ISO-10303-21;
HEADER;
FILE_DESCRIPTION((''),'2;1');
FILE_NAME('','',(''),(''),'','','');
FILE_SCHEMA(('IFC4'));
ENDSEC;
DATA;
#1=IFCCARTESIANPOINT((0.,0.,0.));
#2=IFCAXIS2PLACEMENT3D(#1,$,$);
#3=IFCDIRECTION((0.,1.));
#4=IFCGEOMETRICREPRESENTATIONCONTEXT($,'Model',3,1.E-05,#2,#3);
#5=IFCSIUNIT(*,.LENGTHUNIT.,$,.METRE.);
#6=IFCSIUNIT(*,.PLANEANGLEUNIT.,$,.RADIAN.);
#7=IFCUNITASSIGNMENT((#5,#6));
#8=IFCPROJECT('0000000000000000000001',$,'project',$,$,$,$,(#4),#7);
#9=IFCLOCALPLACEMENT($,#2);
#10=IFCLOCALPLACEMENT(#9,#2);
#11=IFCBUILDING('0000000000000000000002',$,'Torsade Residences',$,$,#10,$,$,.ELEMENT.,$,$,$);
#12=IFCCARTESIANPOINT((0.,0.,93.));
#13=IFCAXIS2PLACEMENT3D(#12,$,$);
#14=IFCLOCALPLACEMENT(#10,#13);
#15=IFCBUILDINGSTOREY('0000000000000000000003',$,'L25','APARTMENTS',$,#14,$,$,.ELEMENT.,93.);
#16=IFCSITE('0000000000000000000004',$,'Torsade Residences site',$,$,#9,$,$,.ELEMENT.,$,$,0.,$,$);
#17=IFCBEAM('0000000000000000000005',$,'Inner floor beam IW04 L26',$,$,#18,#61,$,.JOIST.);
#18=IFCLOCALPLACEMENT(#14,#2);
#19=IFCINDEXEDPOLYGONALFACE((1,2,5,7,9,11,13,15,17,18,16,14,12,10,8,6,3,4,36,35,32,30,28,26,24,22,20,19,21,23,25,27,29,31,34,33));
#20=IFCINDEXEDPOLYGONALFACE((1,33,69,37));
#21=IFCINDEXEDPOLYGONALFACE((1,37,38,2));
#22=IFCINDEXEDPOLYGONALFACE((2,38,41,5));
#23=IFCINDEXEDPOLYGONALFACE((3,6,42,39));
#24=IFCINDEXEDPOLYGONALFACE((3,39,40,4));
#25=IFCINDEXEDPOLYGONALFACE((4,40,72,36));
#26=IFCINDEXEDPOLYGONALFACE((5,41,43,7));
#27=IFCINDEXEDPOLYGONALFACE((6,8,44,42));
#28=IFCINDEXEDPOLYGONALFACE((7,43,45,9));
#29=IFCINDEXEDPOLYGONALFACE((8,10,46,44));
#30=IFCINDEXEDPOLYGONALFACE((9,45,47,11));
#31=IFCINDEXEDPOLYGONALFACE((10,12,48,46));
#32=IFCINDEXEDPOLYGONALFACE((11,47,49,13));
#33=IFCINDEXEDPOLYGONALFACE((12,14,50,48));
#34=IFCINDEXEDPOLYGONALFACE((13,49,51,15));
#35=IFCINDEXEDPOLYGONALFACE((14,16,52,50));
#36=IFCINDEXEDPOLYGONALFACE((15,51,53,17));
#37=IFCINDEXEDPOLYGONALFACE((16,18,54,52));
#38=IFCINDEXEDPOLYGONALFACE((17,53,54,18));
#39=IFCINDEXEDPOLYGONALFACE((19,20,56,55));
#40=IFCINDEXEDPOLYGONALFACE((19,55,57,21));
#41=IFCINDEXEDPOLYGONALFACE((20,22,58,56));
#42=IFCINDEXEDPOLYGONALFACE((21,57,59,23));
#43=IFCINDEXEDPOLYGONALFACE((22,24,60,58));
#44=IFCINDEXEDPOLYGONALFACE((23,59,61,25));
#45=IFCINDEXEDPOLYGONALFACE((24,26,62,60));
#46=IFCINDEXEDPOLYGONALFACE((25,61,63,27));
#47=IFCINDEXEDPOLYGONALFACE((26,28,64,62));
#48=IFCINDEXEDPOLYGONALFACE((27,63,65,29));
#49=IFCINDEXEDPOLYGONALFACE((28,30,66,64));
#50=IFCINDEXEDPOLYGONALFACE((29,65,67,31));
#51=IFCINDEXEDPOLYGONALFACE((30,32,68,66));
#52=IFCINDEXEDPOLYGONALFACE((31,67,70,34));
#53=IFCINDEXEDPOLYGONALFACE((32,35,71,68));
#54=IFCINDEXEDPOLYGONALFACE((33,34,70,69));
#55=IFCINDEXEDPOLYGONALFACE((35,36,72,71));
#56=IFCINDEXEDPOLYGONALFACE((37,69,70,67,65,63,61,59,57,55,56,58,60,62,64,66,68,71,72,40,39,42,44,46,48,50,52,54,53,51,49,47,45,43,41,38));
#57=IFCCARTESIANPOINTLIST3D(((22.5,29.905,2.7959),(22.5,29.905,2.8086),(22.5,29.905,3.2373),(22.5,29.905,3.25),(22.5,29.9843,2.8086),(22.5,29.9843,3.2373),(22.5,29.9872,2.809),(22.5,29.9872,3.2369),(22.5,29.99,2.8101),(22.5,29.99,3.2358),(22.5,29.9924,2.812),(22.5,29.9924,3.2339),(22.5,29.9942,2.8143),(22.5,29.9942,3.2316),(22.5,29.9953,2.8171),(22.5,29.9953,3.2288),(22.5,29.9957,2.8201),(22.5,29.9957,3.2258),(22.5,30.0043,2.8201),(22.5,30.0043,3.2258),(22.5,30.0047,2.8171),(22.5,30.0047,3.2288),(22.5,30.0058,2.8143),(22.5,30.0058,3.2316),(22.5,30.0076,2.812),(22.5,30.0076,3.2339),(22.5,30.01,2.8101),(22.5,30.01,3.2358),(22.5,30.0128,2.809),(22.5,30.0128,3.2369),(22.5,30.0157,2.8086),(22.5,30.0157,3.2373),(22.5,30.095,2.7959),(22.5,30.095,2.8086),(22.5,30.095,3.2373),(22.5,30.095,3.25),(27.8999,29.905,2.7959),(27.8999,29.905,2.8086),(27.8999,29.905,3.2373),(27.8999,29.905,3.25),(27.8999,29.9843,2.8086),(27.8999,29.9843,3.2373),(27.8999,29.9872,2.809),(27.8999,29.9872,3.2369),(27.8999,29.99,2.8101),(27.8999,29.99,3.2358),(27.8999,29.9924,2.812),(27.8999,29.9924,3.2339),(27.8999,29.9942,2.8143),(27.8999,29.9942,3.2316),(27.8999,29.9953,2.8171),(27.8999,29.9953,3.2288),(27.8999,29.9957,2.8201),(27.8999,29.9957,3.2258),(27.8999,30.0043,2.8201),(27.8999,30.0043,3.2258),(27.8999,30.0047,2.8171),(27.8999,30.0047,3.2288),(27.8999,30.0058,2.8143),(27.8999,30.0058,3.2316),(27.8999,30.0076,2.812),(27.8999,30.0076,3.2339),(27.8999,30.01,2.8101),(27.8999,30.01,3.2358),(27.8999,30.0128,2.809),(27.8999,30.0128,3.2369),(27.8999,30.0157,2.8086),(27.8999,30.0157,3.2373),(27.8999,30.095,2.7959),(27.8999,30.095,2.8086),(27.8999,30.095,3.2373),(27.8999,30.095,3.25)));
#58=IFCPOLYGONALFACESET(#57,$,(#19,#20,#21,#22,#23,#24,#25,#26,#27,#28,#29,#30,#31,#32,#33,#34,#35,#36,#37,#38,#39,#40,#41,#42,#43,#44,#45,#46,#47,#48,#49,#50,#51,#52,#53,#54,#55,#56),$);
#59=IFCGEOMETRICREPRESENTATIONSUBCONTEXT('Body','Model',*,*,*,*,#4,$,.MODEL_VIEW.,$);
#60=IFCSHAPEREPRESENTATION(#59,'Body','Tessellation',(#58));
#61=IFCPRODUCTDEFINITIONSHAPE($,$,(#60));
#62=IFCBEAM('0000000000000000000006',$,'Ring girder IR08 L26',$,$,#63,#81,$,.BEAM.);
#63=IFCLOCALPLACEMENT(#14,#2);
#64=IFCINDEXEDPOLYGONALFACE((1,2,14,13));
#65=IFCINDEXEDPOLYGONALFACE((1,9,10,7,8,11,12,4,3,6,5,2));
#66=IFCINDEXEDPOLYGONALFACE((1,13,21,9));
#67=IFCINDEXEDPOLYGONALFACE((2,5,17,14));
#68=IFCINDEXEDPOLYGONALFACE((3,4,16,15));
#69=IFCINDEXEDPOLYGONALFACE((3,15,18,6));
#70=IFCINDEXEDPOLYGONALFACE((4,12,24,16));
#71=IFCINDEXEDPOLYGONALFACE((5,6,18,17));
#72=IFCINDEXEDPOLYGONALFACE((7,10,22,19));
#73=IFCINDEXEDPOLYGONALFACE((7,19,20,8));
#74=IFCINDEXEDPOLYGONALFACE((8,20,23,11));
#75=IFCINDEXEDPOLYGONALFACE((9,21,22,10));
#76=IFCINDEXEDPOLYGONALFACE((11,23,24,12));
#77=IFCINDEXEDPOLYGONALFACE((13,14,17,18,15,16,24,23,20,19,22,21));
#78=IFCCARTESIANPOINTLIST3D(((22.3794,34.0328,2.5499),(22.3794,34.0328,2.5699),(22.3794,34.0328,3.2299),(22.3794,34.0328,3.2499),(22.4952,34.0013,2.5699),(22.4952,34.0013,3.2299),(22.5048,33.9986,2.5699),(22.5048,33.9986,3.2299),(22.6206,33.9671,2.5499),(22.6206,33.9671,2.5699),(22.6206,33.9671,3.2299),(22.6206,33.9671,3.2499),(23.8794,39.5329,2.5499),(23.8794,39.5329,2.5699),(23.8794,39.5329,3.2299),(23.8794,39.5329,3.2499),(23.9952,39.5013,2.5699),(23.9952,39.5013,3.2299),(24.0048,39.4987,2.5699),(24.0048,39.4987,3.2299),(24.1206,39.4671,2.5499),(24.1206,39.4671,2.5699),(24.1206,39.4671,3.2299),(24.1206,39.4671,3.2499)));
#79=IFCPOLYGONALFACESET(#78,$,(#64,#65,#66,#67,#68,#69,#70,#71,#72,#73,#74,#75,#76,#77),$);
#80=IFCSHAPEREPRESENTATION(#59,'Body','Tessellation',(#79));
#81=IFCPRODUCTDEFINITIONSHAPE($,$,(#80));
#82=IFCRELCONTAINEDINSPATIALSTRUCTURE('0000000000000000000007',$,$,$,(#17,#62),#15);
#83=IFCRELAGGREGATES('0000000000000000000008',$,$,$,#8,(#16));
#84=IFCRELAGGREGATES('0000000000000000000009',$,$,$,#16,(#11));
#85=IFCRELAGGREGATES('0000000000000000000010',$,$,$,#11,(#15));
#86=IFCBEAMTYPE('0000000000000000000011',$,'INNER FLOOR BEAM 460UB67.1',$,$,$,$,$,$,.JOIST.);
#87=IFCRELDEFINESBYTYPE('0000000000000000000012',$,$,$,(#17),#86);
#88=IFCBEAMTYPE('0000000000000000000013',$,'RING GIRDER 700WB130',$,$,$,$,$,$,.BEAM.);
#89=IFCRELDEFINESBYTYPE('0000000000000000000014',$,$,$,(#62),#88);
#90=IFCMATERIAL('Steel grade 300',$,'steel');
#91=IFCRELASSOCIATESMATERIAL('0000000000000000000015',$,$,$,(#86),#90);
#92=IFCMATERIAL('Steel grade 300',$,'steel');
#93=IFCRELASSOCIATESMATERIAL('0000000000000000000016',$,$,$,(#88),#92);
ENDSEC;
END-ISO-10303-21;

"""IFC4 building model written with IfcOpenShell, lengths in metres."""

from ifc_helpers import new_model, si_unit, direction, frame, origin, origin_2d, place, context, subcontext, project, spatial, i_section, extrude, material, material_profile, profile_set, type_object, element, save


model = new_model("IFC4")

# Units and contexts
model_context = context("Model", 3, precision=1e-05, world=origin(), true_north=direction((0.0, 1.0)))
body_context = subcontext(model_context, "Body", "Model", "MODEL_VIEW")
ifc_project = project(units=[si_unit("LENGTHUNIT", "METRE"), si_unit("PLANEANGLEUNIT", "RADIAN")], contexts=[model_context])

# Site, building, storey
site_placement = place(None, origin())
site = spatial("IfcSite", under=ifc_project, at=site_placement, Name="Torsade Residences site", CompositionType="ELEMENT", RefElevation=0.0)
building_placement = place(site_placement, origin())
building = spatial("IfcBuilding", under=site, at=building_placement, Name="Torsade Residences", CompositionType="ELEMENT")
storey_placement = place(building_placement, frame((0.0, 0.0, 93.0)))
storey = spatial("IfcBuildingStorey", under=building, at=storey_placement, Name="L25", Description="APARTMENTS", CompositionType="ELEMENT", Elevation=93.0)

# Beams
ifc_material_1 = material(Name="Steel grade 300", Category="steel")
ifc_material_profile_1 = material_profile(ifc_material_1, i_section(OverallWidth=0.1899, OverallDepth=0.4541, WebThickness=0.0085, FlangeThickness=0.0127, FilletRadius=0.0115, at=origin_2d()), Name="460UB67.1")
ifc_profile_set_1 = profile_set([ifc_material_profile_1], Name="Steel grade 300")
beam_type_1 = type_object("IfcBeamType", Name="INNER FLOOR BEAM 460UB67.1", PredefinedType="JOIST", material=ifc_profile_set_1)
for number, where, z_axis, x_axis, name in (
    (1, (27.8999, 30.0, 3.0229), (-1.0, 0.0, 0.0), (0.0, -1.0, 0.0), "Inner floor beam IW04 L26"),
):
    element("IfcBeam", number, at=place(storey_placement, frame(where, z_axis=z_axis, x_axis=x_axis)), inside=storey, type_object=beam_type_1, Name=name, PredefinedType="JOIST", context=body_context, shape_type="SweptSolid", body=[
        extrude(i_section(OverallWidth=0.1899, OverallDepth=0.4541, WebThickness=0.0085, FlangeThickness=0.0127, FilletRadius=0.0115, at=origin_2d()), origin(), (0.0, 0.0, 1.0), 5.3999),
    ])
ifc_material_2 = material(Name="Steel grade 300", Category="steel")
ifc_material_profile_2 = material_profile(ifc_material_2, i_section(OverallWidth=0.25, OverallDepth=0.7, WebThickness=0.01, FlangeThickness=0.02, at=origin_2d()), Name="700WB130")
ifc_profile_set_2 = profile_set([ifc_material_profile_2], Name="Steel grade 300")
beam_type_2 = type_object("IfcBeamType", Name="RING GIRDER 700WB130", PredefinedType="BEAM", material=ifc_profile_set_2)
beam_1_placement = place(storey_placement, frame((24.0, 39.5, 2.8999), z_axis=(-0.263117, -0.964764, 0.0), x_axis=(0.964764, -0.263117, 0.0)))
element("IfcBeam", 2, at=beam_1_placement, inside=storey, type_object=beam_type_2, Name="Ring girder IR08 L26", PredefinedType="BEAM", context=body_context, shape_type="SweptSolid", body=[
    extrude(i_section(OverallWidth=0.25, OverallDepth=0.7, WebThickness=0.01, FlangeThickness=0.02, at=origin_2d()), origin(), (0.0, 0.0, 1.0), 5.7009),
])

save(model, "model.ifc")
